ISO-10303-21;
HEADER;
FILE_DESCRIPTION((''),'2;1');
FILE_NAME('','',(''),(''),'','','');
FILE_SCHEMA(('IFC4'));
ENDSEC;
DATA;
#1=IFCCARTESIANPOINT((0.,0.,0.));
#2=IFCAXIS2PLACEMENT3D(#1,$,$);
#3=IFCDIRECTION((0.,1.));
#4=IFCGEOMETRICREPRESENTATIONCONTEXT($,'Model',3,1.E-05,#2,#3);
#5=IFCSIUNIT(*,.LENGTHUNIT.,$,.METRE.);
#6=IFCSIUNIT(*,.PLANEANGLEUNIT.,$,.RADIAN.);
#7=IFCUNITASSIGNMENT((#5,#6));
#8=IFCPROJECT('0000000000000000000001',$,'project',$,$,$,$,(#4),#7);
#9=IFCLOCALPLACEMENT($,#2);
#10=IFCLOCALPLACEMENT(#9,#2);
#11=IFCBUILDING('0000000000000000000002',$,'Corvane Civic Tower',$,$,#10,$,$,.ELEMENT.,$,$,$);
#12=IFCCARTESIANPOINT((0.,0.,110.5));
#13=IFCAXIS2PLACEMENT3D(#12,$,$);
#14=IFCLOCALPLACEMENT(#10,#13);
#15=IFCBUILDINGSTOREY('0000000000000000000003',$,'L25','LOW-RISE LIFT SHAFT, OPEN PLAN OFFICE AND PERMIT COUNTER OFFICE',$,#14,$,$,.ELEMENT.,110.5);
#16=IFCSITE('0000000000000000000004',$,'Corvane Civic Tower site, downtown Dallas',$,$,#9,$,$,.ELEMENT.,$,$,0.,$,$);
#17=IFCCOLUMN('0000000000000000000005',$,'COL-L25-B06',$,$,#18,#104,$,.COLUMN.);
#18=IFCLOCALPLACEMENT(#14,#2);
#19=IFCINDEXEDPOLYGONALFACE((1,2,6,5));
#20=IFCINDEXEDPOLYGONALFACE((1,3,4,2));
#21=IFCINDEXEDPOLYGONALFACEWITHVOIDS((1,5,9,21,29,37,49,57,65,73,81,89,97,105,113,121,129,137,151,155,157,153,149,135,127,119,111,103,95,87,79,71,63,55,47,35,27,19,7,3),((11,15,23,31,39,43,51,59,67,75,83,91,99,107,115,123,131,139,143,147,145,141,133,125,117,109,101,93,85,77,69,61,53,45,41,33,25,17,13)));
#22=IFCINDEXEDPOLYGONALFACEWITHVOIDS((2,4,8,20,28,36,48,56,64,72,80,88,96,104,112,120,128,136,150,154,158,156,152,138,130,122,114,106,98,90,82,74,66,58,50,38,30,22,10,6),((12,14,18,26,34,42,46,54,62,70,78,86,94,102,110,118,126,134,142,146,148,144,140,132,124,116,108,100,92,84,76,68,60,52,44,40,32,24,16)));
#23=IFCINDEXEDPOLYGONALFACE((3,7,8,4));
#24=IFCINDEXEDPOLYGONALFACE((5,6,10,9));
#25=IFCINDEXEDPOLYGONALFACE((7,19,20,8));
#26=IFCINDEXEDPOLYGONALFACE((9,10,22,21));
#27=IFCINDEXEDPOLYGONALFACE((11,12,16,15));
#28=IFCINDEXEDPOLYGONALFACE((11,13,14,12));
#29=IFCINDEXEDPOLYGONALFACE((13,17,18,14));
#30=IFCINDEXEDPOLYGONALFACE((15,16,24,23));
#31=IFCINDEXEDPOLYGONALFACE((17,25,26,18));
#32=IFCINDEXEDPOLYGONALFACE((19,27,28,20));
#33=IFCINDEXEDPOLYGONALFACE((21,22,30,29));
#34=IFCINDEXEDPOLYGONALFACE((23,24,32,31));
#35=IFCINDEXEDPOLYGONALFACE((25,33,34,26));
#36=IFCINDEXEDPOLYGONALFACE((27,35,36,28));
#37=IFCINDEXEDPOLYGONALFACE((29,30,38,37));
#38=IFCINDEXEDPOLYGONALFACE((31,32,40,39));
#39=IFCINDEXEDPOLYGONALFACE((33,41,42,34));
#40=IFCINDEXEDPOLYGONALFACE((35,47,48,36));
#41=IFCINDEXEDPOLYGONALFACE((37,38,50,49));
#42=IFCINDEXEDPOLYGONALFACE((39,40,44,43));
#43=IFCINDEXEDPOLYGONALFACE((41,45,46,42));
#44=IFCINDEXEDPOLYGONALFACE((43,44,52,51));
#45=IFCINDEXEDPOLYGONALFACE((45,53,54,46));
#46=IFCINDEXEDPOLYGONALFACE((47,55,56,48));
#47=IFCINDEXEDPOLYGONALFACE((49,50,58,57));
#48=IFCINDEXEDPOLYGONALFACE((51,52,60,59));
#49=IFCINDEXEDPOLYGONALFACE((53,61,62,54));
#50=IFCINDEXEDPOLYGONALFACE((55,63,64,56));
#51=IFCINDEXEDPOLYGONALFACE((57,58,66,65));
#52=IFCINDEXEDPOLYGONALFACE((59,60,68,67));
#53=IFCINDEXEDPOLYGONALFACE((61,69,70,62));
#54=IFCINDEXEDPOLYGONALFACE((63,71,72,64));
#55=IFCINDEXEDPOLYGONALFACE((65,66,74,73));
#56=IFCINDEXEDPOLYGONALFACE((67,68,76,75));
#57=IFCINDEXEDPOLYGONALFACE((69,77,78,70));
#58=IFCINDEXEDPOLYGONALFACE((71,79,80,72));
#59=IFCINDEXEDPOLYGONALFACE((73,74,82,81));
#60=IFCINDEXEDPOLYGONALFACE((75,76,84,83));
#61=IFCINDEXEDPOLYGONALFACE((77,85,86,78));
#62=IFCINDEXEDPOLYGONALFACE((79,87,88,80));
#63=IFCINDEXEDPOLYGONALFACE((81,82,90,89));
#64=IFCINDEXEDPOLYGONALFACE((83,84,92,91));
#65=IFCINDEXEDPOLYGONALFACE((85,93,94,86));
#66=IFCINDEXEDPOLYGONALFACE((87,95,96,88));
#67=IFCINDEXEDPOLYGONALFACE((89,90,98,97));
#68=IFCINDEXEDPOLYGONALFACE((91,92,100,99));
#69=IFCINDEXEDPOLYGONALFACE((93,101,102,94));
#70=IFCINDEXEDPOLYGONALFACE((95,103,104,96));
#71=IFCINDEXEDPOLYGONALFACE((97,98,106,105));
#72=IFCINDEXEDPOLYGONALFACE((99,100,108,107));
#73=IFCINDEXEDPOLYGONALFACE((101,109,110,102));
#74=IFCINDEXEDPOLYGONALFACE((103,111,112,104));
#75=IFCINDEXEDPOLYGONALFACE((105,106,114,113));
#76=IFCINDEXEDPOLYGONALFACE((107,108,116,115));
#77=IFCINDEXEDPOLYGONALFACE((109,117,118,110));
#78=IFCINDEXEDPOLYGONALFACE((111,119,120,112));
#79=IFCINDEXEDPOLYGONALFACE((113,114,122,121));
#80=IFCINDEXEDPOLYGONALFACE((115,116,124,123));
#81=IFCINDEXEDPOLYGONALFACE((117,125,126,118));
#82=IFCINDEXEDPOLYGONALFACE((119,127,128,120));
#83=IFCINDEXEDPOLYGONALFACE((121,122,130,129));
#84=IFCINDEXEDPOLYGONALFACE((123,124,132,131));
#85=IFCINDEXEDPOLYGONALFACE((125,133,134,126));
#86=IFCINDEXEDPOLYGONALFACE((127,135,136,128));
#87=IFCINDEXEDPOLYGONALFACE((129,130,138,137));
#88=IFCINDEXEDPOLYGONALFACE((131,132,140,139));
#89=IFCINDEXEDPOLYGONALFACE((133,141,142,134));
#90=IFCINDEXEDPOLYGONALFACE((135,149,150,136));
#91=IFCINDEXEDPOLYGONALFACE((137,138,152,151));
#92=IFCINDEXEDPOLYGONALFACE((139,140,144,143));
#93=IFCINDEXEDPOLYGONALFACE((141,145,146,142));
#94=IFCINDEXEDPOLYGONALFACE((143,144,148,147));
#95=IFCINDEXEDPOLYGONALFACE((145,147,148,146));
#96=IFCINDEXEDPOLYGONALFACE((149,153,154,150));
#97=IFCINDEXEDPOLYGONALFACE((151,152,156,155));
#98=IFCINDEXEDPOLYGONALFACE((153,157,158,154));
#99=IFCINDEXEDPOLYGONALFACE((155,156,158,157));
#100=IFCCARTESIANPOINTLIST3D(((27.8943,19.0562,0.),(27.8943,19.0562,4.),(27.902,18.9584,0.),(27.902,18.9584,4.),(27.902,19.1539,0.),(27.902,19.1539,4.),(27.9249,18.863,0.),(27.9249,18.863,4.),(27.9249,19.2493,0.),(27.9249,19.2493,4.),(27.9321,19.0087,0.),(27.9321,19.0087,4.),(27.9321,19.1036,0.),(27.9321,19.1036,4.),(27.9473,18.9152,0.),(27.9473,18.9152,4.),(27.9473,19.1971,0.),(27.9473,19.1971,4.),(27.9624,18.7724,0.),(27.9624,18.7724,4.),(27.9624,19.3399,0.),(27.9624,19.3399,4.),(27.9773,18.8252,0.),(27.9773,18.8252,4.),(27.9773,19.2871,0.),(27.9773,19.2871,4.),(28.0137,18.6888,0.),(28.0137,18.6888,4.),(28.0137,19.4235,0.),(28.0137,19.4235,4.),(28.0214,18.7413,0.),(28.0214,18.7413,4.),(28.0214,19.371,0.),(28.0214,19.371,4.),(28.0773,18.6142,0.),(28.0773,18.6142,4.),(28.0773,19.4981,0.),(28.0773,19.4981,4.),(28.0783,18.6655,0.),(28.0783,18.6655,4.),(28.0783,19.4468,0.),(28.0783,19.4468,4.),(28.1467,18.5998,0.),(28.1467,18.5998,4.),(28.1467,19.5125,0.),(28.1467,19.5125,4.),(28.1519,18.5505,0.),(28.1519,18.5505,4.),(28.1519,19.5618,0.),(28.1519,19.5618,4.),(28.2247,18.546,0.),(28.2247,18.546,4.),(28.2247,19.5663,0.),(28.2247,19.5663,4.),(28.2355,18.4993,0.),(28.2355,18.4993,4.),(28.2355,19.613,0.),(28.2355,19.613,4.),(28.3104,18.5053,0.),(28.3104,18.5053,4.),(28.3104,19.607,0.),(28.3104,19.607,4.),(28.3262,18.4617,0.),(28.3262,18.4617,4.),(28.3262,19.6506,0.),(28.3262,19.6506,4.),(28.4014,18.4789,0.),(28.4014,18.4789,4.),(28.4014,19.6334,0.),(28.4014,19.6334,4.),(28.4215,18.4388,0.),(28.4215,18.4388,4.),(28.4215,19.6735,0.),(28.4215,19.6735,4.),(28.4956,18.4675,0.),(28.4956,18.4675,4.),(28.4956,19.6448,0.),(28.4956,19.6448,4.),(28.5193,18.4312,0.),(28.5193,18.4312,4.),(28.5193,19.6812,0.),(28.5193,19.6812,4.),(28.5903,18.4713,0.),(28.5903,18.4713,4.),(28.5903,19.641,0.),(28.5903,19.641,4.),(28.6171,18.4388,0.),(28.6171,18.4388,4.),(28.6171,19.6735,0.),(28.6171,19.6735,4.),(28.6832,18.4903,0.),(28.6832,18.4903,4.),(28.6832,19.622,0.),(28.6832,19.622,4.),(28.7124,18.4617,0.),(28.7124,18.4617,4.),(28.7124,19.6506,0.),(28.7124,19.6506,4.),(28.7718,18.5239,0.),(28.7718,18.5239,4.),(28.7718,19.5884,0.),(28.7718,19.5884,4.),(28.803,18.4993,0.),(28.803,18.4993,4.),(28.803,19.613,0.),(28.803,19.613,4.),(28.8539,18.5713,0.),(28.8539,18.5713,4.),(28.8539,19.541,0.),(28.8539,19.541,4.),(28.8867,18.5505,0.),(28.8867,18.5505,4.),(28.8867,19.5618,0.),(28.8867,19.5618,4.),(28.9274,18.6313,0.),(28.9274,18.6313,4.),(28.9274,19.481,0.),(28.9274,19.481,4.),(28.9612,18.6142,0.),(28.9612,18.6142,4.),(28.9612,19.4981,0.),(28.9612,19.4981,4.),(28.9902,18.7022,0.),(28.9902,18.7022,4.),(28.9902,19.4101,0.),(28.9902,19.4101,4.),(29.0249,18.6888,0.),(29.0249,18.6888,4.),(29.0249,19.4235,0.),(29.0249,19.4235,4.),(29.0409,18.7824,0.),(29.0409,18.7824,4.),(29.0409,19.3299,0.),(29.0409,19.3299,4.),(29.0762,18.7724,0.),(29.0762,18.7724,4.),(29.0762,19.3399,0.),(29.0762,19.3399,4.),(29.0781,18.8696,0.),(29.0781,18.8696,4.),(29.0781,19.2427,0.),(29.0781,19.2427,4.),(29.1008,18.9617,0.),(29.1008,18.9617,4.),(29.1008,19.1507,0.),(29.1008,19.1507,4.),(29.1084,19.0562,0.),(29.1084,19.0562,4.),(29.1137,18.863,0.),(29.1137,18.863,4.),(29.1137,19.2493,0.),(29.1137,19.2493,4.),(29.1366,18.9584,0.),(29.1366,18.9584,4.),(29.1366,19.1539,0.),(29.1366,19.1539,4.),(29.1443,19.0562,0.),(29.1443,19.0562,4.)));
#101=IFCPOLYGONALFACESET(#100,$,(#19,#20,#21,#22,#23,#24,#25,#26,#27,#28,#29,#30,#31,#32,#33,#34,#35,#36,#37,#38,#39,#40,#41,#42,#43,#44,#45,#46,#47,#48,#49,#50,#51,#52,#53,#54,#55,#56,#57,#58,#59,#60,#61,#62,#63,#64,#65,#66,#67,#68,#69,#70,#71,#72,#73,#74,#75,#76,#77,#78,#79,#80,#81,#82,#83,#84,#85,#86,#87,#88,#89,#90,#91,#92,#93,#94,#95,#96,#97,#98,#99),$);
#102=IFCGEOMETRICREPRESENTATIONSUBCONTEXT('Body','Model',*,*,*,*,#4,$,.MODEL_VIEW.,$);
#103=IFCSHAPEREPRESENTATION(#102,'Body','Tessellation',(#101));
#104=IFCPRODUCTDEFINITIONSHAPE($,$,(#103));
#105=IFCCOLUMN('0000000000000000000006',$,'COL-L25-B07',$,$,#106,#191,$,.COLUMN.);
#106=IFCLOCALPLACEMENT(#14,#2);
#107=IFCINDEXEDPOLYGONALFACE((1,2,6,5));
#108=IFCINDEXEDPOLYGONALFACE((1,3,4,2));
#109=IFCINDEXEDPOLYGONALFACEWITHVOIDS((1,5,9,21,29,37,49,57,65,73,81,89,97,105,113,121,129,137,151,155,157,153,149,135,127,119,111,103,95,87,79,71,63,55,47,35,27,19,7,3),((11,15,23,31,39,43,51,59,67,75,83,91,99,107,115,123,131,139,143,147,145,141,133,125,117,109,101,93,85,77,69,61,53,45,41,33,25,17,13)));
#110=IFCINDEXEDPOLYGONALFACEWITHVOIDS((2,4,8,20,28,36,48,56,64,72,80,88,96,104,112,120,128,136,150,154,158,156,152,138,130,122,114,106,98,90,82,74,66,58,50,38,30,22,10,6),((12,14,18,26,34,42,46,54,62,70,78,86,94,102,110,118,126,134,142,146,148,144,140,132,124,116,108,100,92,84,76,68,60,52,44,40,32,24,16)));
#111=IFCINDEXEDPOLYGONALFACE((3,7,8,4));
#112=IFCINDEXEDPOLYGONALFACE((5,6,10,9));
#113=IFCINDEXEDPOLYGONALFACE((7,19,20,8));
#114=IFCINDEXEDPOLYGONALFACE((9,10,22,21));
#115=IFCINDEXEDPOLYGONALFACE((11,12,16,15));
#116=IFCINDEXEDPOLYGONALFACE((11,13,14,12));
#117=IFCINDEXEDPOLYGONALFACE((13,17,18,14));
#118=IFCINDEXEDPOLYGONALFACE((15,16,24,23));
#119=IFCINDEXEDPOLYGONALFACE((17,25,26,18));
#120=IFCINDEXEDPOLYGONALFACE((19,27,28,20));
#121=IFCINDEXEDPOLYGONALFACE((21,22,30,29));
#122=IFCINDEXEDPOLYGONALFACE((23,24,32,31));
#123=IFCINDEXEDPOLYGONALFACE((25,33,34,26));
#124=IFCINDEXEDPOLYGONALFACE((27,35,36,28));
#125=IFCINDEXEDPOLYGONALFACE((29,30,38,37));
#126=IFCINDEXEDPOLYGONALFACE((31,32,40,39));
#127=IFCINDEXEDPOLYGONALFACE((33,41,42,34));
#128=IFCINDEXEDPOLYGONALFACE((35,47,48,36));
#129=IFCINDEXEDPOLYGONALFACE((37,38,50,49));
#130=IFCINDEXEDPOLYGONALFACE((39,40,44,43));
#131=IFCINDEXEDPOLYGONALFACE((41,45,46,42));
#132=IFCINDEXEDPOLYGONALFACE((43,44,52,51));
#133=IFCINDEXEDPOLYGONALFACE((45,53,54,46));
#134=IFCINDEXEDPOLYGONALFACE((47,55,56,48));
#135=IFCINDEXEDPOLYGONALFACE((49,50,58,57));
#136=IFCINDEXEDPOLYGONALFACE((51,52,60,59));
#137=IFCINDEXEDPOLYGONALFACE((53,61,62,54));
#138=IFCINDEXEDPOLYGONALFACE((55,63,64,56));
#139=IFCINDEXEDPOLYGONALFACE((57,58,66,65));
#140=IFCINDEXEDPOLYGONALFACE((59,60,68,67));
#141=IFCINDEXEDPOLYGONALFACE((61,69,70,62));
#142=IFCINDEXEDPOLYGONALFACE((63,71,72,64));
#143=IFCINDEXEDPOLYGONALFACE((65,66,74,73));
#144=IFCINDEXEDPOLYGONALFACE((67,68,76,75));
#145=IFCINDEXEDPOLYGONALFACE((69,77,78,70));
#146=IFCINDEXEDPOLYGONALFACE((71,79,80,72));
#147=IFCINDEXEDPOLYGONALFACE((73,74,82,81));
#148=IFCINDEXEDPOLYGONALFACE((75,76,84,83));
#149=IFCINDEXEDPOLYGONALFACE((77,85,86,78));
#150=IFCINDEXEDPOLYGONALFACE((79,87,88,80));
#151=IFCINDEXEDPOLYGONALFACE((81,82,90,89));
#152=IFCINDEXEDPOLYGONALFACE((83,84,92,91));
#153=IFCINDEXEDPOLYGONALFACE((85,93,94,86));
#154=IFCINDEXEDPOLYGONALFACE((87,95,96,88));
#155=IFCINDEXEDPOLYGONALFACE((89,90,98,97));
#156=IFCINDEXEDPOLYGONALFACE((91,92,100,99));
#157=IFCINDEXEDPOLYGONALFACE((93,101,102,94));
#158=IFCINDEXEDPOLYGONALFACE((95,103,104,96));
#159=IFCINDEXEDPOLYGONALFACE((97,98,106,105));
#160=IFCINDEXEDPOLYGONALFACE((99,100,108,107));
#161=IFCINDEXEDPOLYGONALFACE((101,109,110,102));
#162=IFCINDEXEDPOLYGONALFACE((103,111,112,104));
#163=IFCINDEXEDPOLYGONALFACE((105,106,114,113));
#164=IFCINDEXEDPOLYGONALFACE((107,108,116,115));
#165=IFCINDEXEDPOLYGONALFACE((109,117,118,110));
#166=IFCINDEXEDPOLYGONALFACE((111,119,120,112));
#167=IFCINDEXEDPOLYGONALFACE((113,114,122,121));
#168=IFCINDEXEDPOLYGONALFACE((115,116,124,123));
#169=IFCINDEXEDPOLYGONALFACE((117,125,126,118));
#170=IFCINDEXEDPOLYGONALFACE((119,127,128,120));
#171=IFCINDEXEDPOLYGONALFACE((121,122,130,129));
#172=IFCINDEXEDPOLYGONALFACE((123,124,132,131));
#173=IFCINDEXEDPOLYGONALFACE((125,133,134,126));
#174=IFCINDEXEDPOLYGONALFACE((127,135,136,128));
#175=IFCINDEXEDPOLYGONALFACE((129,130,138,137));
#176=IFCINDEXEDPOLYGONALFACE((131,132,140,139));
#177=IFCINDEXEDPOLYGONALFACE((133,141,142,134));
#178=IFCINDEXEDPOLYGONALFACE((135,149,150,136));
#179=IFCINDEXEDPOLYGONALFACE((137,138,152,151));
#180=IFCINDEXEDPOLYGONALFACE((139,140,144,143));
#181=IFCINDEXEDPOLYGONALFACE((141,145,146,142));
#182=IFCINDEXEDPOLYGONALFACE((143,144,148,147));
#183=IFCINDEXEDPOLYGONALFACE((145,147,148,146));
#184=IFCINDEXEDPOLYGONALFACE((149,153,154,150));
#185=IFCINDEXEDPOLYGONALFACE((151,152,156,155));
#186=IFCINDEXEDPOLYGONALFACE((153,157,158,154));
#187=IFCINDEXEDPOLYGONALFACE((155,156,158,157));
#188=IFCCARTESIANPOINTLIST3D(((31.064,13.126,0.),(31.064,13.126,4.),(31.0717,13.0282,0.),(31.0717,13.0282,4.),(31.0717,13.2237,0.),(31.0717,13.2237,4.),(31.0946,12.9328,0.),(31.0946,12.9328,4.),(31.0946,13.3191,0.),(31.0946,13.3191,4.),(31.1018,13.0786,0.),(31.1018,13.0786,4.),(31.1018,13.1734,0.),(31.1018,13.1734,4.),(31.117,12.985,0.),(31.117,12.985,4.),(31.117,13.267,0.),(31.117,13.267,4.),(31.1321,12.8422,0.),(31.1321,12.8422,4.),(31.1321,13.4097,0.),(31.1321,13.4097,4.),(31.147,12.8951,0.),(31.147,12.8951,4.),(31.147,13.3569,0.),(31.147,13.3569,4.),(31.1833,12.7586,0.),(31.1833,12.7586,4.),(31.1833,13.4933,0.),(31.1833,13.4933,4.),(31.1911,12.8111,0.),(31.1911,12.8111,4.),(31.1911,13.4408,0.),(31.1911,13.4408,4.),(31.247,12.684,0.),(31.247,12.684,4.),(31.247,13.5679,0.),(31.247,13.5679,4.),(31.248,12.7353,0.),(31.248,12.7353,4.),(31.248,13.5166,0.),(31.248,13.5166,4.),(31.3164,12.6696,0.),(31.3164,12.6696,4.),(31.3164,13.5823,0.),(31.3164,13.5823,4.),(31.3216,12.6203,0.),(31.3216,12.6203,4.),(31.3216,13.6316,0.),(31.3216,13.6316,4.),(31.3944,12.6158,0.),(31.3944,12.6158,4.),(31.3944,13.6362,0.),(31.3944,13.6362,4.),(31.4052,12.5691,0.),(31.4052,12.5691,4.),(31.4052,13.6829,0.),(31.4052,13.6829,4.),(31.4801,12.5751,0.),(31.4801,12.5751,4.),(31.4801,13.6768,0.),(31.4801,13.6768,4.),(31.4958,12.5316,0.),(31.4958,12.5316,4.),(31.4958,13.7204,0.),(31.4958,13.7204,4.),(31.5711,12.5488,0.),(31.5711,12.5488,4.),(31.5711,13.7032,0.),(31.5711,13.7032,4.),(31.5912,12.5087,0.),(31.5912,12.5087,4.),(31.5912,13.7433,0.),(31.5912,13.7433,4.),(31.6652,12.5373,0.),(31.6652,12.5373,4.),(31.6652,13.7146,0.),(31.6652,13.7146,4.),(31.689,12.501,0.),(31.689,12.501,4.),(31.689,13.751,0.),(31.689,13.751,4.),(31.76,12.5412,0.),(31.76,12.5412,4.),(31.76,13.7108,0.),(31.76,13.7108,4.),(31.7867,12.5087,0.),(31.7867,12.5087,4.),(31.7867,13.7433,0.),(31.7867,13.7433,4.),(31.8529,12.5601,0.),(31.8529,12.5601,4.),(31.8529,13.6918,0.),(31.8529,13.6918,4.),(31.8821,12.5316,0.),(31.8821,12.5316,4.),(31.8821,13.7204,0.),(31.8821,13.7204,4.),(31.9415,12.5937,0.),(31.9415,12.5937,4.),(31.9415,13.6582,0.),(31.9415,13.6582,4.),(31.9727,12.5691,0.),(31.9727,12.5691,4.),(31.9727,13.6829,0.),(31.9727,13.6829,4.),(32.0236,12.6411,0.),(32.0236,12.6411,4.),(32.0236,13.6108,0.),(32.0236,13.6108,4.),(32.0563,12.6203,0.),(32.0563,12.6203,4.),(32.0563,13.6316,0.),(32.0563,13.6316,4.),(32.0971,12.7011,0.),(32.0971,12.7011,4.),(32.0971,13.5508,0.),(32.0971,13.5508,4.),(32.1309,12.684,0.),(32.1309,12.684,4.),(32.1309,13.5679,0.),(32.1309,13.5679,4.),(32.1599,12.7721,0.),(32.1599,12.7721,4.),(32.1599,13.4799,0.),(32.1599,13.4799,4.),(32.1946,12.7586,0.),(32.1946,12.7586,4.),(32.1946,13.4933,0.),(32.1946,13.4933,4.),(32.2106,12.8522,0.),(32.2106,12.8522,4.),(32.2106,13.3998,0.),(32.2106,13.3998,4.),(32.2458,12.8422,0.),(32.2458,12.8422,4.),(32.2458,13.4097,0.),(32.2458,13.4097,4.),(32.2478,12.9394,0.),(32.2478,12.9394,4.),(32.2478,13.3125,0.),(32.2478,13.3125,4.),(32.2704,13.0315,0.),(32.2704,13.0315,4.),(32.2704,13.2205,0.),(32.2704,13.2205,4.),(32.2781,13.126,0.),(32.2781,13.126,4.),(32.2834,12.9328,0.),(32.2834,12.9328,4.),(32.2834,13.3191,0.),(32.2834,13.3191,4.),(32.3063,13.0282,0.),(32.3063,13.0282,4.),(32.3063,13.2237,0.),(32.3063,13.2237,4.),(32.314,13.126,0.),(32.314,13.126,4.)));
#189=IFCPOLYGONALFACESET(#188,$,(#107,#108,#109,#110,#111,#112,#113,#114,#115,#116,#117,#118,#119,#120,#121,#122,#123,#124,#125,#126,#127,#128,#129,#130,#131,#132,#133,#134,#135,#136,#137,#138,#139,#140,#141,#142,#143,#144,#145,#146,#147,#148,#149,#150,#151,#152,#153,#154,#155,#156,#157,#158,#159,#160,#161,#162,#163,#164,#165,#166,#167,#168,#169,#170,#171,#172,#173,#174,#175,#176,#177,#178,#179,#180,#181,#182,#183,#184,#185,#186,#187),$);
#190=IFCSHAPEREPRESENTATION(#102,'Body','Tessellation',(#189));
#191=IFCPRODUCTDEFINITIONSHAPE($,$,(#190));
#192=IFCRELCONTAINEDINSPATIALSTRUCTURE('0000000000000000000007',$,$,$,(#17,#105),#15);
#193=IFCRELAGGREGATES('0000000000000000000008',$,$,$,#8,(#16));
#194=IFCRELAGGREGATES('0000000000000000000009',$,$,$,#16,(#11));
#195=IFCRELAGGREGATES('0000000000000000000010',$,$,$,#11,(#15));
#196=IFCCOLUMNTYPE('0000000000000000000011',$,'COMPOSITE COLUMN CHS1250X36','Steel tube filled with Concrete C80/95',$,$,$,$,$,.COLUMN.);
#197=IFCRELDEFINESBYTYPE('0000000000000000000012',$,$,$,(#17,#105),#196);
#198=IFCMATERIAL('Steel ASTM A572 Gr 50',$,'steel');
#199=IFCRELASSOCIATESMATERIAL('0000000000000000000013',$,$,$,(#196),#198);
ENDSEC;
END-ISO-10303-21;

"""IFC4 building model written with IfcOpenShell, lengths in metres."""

from ifc_helpers import new_model, si_unit, direction, frame, origin, origin_2d, place, context, subcontext, project, spatial, hollow_circle, extrude, material, material_profile, profile_set, type_object, element, save


model = new_model("IFC4")

# Units and contexts
model_context = context("Model", 3, precision=1e-05, world=origin(), true_north=direction((0.0, 1.0)))
body_context = subcontext(model_context, "Body", "Model", "MODEL_VIEW")
ifc_project = project(units=[si_unit("LENGTHUNIT", "METRE"), si_unit("PLANEANGLEUNIT", "RADIAN")], contexts=[model_context])

# Site, building, storey
site_placement = place(None, origin())
site = spatial("IfcSite", under=ifc_project, at=site_placement, Name="Corvane Civic Tower site, downtown Dallas", CompositionType="ELEMENT", RefElevation=0.0)
building_placement = place(site_placement, origin())
building = spatial("IfcBuilding", under=site, at=building_placement, Name="Corvane Civic Tower", CompositionType="ELEMENT")
storey_placement = place(building_placement, frame((0.0, 0.0, 110.5)))
storey = spatial("IfcBuildingStorey", under=building, at=storey_placement, Name="L25", Description="LOW-RISE LIFT SHAFT, OPEN PLAN OFFICE AND PERMIT COUNTER OFFICE", CompositionType="ELEMENT", Elevation=110.5)

# Columns
ifc_material_1 = material(Name="Steel ASTM A572 Gr 50", Category="steel")
ifc_material_profile_1 = material_profile(ifc_material_1, hollow_circle(Radius=0.625, WallThickness=0.0359, at=origin_2d()), Name="CHS1250X36")
ifc_profile_set_1 = profile_set([ifc_material_profile_1], Name="Steel ASTM A572 Gr 50")
column_type = type_object("IfcColumnType", Name="COMPOSITE COLUMN CHS1250X36", Description="Steel tube filled with Concrete C80/95", PredefinedType="COLUMN", material=ifc_profile_set_1)
for number, where, z_axis, x_axis, name in (
    (1, (28.5193, 19.0562, 0.0), (0.0, 0.0, 1.0), (1.0, 0.0, 0.0), "COL-L25-B06"),
    (2, (31.689, 13.126, 0.0), (0.0, 0.0, 1.0), (1.0, 0.0, 0.0), "COL-L25-B07"),
):
    element("IfcColumn", number, at=place(storey_placement, frame(where, z_axis=z_axis, x_axis=x_axis)), inside=storey, type_object=column_type, Name=name, PredefinedType="COLUMN", context=body_context, shape_type="SweptSolid", body=[
        extrude(hollow_circle(Radius=0.625, WallThickness=0.0359, at=origin_2d()), origin(), (0.0, 0.0, 1.0), 4.0),
    ])

save(model, "model.ifc")
